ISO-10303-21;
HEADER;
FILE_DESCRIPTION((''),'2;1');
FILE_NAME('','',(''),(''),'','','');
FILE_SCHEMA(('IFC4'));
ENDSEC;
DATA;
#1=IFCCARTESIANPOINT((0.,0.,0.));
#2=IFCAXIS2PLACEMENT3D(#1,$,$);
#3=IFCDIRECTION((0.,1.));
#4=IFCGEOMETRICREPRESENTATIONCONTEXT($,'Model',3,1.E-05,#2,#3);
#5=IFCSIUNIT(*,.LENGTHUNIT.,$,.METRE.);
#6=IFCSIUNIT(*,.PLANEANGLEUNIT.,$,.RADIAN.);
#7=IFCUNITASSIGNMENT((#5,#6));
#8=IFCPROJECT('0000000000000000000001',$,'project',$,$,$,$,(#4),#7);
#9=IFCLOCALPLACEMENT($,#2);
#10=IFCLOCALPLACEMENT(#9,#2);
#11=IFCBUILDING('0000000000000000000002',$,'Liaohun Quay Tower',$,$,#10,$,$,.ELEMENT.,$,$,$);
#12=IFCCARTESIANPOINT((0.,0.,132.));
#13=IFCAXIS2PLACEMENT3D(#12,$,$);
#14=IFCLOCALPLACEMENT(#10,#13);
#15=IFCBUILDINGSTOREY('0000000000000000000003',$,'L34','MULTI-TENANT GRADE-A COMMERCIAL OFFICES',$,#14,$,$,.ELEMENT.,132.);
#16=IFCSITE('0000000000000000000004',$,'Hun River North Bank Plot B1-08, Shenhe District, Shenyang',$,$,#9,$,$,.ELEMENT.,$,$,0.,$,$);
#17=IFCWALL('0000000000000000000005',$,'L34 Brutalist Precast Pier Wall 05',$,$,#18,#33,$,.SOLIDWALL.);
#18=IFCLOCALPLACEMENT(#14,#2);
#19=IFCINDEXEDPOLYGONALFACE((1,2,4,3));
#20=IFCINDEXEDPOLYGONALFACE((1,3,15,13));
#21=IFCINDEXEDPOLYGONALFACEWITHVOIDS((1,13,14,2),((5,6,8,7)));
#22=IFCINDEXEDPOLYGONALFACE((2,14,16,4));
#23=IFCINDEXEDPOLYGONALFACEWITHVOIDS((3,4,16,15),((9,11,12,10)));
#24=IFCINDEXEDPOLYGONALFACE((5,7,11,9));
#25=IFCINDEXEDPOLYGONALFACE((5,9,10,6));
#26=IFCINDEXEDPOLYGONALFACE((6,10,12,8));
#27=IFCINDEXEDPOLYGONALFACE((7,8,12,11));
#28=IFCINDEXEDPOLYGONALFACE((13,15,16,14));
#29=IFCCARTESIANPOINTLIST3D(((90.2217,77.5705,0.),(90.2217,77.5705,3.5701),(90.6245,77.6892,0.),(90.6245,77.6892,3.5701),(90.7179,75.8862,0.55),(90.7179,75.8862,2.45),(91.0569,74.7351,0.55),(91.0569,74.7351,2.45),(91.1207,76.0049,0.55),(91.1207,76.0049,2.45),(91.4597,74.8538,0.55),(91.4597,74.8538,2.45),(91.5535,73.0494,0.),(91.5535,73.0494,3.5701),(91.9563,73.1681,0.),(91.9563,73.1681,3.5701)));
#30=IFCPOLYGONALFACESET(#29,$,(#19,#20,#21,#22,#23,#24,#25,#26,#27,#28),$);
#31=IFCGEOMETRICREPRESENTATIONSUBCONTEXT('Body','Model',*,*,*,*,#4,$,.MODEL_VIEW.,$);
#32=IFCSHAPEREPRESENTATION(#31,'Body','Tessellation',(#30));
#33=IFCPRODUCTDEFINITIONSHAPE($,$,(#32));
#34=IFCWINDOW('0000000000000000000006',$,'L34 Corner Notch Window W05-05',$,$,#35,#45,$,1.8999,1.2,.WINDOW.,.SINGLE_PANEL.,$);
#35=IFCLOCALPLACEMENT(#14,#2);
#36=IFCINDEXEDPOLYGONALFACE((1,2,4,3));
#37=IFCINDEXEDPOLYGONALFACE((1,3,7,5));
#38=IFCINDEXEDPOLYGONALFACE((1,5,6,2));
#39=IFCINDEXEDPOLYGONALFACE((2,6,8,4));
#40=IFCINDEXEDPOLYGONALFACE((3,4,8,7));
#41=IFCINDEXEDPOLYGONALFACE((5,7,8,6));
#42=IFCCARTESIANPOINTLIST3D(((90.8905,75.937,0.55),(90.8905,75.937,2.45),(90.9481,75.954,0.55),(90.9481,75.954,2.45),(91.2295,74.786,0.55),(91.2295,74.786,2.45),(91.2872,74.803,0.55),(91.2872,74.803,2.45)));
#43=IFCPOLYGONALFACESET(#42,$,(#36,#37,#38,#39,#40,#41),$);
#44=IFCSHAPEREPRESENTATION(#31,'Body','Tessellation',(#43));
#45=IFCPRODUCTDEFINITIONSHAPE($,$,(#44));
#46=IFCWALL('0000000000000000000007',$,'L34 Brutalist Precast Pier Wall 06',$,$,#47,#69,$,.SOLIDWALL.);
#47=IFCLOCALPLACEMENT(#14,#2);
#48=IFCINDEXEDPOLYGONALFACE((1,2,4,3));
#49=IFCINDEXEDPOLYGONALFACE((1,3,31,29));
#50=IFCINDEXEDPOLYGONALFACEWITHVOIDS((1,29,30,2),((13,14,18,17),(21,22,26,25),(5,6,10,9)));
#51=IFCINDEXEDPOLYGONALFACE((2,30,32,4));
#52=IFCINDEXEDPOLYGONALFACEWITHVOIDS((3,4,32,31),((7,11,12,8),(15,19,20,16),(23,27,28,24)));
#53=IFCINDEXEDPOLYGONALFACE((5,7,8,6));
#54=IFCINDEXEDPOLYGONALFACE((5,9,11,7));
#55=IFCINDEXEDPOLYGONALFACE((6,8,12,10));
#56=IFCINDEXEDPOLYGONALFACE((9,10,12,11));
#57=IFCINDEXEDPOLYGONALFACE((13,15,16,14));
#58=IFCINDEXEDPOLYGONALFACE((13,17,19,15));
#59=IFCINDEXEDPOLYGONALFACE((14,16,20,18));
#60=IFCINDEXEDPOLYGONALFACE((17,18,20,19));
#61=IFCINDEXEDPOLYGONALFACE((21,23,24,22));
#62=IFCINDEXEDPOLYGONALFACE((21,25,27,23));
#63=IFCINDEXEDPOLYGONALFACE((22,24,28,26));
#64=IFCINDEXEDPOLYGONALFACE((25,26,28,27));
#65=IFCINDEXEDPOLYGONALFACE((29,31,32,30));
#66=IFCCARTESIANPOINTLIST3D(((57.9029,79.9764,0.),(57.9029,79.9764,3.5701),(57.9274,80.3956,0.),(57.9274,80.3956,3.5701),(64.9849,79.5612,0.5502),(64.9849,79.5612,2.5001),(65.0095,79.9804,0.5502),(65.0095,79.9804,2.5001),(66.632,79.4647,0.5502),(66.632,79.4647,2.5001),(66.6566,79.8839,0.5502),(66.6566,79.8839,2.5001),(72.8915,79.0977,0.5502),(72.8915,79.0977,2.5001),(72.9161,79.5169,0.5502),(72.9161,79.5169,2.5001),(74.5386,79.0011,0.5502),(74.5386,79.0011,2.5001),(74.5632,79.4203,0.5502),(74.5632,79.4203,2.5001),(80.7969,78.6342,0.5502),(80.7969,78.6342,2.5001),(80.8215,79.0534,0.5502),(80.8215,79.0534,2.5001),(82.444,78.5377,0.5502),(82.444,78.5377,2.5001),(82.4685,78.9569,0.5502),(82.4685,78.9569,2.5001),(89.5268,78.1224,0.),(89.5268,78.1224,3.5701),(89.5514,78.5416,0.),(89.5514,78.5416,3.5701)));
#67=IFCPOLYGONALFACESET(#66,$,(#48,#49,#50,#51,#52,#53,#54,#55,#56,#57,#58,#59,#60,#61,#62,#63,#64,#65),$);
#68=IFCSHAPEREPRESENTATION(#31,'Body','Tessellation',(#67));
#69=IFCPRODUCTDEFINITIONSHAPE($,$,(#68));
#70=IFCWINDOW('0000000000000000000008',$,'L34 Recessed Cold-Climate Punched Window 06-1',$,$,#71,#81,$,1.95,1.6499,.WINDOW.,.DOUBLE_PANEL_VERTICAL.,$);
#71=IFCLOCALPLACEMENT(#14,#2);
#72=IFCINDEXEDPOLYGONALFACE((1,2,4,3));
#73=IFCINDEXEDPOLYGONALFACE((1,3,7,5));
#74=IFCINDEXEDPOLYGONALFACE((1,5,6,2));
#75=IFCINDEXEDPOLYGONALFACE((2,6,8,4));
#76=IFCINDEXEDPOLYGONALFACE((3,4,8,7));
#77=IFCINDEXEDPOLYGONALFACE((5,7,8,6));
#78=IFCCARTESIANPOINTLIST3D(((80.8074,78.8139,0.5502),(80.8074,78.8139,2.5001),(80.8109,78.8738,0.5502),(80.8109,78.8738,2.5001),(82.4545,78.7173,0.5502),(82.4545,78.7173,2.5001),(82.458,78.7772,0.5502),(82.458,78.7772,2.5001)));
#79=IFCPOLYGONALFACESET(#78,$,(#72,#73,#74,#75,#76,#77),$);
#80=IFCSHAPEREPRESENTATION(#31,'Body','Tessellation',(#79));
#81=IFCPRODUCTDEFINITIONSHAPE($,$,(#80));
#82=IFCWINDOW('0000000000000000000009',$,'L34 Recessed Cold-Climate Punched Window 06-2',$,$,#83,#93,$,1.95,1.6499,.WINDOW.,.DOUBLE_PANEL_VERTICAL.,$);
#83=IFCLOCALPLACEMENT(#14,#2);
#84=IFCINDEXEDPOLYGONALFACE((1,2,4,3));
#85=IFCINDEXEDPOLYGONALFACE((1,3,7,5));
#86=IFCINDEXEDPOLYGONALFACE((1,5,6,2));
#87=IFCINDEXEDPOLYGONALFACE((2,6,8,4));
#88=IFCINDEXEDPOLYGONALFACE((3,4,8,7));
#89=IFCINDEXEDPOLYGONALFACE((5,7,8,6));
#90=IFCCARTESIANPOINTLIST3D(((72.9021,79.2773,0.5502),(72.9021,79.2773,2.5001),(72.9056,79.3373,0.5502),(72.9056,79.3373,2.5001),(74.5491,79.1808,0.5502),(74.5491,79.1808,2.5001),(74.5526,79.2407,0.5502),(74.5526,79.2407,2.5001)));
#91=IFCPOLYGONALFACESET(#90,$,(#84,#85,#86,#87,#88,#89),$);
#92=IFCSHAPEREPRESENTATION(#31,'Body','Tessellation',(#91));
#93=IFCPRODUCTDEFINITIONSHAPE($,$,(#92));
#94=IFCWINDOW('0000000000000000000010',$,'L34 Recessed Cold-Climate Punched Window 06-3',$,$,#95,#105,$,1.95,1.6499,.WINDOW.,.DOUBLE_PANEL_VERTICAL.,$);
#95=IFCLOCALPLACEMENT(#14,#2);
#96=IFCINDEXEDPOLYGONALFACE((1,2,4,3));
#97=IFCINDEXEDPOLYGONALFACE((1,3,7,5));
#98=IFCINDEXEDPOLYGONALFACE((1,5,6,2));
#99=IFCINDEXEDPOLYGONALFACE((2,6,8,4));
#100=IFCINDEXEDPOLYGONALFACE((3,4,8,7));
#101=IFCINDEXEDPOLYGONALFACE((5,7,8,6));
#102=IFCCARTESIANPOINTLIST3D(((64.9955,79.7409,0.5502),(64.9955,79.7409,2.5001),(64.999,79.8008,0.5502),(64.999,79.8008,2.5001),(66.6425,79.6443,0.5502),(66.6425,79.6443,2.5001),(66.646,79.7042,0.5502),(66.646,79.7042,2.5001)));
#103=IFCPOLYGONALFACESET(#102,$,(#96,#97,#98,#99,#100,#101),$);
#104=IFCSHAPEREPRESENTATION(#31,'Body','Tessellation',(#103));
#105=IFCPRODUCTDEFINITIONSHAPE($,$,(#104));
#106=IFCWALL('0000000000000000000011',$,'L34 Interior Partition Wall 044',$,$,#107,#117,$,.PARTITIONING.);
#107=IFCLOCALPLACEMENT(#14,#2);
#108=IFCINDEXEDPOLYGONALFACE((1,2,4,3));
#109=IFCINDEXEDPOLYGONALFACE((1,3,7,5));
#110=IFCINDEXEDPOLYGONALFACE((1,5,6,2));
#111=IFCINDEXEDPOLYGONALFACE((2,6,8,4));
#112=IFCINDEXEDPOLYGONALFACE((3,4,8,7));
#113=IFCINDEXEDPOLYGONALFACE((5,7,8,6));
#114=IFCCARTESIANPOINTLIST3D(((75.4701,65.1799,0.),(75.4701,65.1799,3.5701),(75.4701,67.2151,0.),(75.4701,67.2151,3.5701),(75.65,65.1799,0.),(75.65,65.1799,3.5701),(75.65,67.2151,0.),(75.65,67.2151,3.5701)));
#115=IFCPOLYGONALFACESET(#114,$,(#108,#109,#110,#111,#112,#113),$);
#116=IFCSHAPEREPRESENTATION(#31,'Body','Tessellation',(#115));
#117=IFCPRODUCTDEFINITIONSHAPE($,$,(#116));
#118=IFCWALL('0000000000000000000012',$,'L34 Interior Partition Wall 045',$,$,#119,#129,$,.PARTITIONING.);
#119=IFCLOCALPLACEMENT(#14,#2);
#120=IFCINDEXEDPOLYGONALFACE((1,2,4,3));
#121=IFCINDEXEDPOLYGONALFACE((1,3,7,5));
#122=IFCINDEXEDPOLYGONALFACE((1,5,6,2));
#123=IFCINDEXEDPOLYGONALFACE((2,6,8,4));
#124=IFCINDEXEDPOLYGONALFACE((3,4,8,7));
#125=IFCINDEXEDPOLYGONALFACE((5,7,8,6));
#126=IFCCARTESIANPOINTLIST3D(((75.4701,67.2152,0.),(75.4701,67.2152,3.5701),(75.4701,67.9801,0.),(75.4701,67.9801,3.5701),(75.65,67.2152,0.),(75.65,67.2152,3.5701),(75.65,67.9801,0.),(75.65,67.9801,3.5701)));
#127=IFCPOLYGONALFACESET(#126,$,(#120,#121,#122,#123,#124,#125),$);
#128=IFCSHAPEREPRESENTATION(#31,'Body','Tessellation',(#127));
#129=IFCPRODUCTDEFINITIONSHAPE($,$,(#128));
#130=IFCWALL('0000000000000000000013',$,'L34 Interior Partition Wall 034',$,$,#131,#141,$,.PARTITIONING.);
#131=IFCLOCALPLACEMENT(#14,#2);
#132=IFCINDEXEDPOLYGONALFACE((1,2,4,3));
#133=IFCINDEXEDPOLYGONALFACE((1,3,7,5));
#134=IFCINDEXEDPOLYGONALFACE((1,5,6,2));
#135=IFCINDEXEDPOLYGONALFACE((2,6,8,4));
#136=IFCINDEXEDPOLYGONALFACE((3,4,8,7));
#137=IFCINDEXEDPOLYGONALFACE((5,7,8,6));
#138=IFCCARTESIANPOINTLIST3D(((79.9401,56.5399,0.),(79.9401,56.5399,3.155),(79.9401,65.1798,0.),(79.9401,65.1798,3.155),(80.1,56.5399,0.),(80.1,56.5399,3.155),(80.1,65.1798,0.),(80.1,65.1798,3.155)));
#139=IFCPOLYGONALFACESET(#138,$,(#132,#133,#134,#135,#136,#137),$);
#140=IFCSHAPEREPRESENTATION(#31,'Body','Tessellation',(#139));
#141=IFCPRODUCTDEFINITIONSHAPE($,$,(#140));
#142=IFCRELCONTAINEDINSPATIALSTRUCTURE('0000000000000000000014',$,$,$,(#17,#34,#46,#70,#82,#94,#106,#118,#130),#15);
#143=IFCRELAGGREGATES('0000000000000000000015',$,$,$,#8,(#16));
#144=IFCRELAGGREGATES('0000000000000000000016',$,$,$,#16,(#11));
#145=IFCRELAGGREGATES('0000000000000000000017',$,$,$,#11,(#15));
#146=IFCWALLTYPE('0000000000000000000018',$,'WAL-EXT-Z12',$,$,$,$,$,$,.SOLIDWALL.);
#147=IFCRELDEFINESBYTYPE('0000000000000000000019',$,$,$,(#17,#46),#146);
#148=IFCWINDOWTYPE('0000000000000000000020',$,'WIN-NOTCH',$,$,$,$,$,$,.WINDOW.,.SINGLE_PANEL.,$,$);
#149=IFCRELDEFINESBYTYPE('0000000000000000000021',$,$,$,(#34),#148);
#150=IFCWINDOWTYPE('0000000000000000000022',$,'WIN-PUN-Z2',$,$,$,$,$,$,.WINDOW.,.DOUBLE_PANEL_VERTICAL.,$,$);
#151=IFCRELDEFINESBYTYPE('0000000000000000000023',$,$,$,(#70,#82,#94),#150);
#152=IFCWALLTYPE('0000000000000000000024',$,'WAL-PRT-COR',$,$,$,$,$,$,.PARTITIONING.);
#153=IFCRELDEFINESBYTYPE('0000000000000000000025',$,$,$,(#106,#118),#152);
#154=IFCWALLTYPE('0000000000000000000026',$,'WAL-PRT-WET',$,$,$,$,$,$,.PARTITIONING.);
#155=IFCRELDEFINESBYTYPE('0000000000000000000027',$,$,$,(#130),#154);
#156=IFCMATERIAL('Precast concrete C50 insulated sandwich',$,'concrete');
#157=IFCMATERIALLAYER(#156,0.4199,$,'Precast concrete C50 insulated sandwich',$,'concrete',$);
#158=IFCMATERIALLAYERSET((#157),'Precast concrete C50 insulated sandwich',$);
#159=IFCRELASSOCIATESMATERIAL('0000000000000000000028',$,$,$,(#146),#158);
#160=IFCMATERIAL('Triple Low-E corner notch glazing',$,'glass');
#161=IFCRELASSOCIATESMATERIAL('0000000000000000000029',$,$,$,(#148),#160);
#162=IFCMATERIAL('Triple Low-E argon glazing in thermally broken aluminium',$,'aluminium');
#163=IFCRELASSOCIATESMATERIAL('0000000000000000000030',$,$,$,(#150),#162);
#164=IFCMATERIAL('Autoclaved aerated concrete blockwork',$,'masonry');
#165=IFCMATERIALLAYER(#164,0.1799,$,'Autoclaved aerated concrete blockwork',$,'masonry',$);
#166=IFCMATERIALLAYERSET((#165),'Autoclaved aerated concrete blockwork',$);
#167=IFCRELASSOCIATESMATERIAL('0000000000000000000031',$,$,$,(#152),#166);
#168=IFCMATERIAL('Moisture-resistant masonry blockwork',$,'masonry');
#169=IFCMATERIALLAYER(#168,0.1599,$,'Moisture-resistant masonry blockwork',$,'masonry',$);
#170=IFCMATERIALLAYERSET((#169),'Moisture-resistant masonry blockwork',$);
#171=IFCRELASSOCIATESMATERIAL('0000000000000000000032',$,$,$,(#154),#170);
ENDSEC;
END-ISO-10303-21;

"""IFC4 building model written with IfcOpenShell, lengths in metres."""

from ifc_helpers import new_model, si_unit, direction, frame, frame_2d, origin, place, context, subcontext, project, spatial, rectangle, extrude, source, transform, mapped, material, layer, layer_set, type_object, element, fill, save


model = new_model("IFC4")

# Units and contexts
model_context = context("Model", 3, precision=1e-05, world=origin(), true_north=direction((0.0, 1.0)))
body_context = subcontext(model_context, "Body", "Model", "MODEL_VIEW")
ifc_project = project(units=[si_unit("LENGTHUNIT", "METRE"), si_unit("PLANEANGLEUNIT", "RADIAN")], contexts=[model_context])

# Site, building, storey
site_placement = place(None, origin())
site = spatial("IfcSite", under=ifc_project, at=site_placement, Name="Hun River North Bank Plot B1-08, Shenhe District, Shenyang", CompositionType="ELEMENT", RefElevation=0.0)
building_placement = place(site_placement, origin())
building = spatial("IfcBuilding", under=site, at=building_placement, Name="Liaohun Quay Tower", CompositionType="ELEMENT")
storey_placement = place(building_placement, frame((0.0, 0.0, 132.0)))
storey = spatial("IfcBuildingStorey", under=building, at=storey_placement, Name="L34", Description="MULTI-TENANT GRADE-A COMMERCIAL OFFICES", CompositionType="ELEMENT", Elevation=132.0)

# Wall, opening, window
ifc_material_1 = material(Name="Precast concrete C50 insulated sandwich", Category="concrete")
ifc_layer_1 = layer(ifc_material_1, 0.4199, Name="Precast concrete C50 insulated sandwich", Category="concrete")
ifc_layer_set_1 = layer_set([ifc_layer_1], Name="Precast concrete C50 insulated sandwich")
wall_type_1 = type_object("IfcWallType", Name="WAL-EXT-Z12", PredefinedType="SOLIDWALL", material=ifc_layer_set_1)
shared_shape_1 = source(origin(), body_context, "Body", "SweptSolid", [
    extrude(rectangle(XDim=1.2, YDim=1.8999, at=frame_2d((0.6001, 0.95))), frame((0.0, 0.22, 0.0), z_axis=(0.0, -1.0, 0.0), x_axis=(1.0, 0.0, 0.0)), (0.0, 0.0, 1.0), 0.4399),
])
ifc_material_2 = material(Name="Triple Low-E corner notch glazing", Category="glass")
window_type_1 = type_object("IfcWindowType", Name="WIN-NOTCH", PartitioningType="SINGLE_PANEL", PredefinedType="WINDOW", material=ifc_material_2)
shared_shape_2 = source(origin(), body_context, "Body", "SweptSolid", [
    extrude(rectangle(XDim=1.2, YDim=1.8999, at=frame_2d((0.6001, 0.95))), frame((0.0, 0.03, 0.0), z_axis=(0.0, -1.0, 0.0), x_axis=(1.0, 0.0, 0.0)), (0.0, 0.0, 1.0), 0.0601),
])
wall_1_placement = place(storey_placement, frame((91.7549, 73.1089, 0.0), z_axis=(0.0, 0.0, 1.0), x_axis=(-0.282573, 0.959246, 0.0)))
wall_1 = element("IfcWall", 1, at=wall_1_placement, inside=storey, type_object=wall_type_1, Name="L34 Brutalist Precast Pier Wall 05", PredefinedType="SOLIDWALL", context=body_context, shape_type="SweptSolid", body=[
    extrude(rectangle(XDim=4.7131, YDim=0.4199, at=frame_2d((2.3564, 0.0))), origin(), (0.0, 0.0, 1.0), 3.5701),
])
opening_1_placement = place(wall_1_placement, frame((1.7571, 0.0, 0.55)))
opening_1 = element("IfcOpeningElement", 2, at=opening_1_placement, cuts=wall_1, PredefinedType="OPENING", context=body_context, shape_type="MappedRepresentation", body=[
    mapped(shared_shape_1, transform((0.0, 0.0, 0.0), x_axis=(1.0, 0.0, 0.0), y_axis=(0.0, 1.0, 0.0), z_axis=(0.0, 0.0, 1.0), scale=1.0)),
])
window_1_placement = place(opening_1_placement, origin())
window_1 = element("IfcWindow", 3, at=window_1_placement, inside=storey, type_object=window_type_1, Name="L34 Corner Notch Window W05-05", OverallHeight=1.8999, OverallWidth=1.2, PartitioningType="SINGLE_PANEL", PredefinedType="WINDOW", context=body_context, shape_type="MappedRepresentation", body=[
    mapped(shared_shape_2, transform((0.0, 0.0, 0.0), x_axis=(1.0, 0.0, 0.0), y_axis=(0.0, 1.0, 0.0), z_axis=(0.0, 0.0, 1.0), scale=1.0)),
])
fill(opening_1, window_1)

# Wall, openings, windows
wall_2_placement = place(storey_placement, frame((89.5391, 78.332, 0.0), z_axis=(0.0, 0.0, 1.0), x_axis=(-0.998286, 0.058526, 0.0)))
wall_2 = element("IfcWall", 4, at=wall_2_placement, inside=storey, type_object=wall_type_1, Name="L34 Brutalist Precast Pier Wall 06", PredefinedType="SOLIDWALL", context=body_context, shape_type="SweptSolid", body=[
    extrude(rectangle(XDim=31.6782, YDim=0.4199, at=frame_2d((15.8391, 0.0))), origin(), (0.0, 0.0, 1.0), 3.5701),
])
shared_shape_3 = source(origin(), body_context, "Body", "SweptSolid", [
    extrude(rectangle(XDim=1.6499, YDim=1.95, at=frame_2d((0.825, 0.9751))), frame((0.0, 0.22, 0.0), z_axis=(0.0, -1.0, 0.0), x_axis=(1.0, 0.0, 0.0)), (0.0, 0.0, 1.0), 0.4399),
])
opening_2_placement = place(wall_2_placement, frame((7.095, 0.0, 0.55)))
opening_2 = element("IfcOpeningElement", 5, at=opening_2_placement, cuts=wall_2, PredefinedType="OPENING", context=body_context, shape_type="MappedRepresentation", body=[
    mapped(shared_shape_3, transform((0.0, 0.0, 0.0), x_axis=(1.0, 0.0, 0.0), y_axis=(0.0, 1.0, 0.0), z_axis=(0.0, 0.0, 1.0), scale=1.0)),
])
opening_3_placement = place(wall_2_placement, frame((15.0139, 0.0, 0.55)))
opening_3 = element("IfcOpeningElement", 6, at=opening_3_placement, cuts=wall_2, PredefinedType="OPENING", context=body_context, shape_type="MappedRepresentation", body=[
    mapped(shared_shape_3, transform((0.0, 0.0, 0.0), x_axis=(1.0, 0.0, 0.0), y_axis=(0.0, 1.0, 0.0), z_axis=(0.0, 0.0, 1.0), scale=1.0)),
])
opening_4_placement = place(wall_2_placement, frame((22.9341, 0.0, 0.55)))
opening_4 = element("IfcOpeningElement", 7, at=opening_4_placement, cuts=wall_2, PredefinedType="OPENING", context=body_context, shape_type="MappedRepresentation", body=[
    mapped(shared_shape_3, transform((0.0, 0.0, 0.0), x_axis=(1.0, 0.0, 0.0), y_axis=(0.0, 1.0, 0.0), z_axis=(0.0, 0.0, 1.0), scale=1.0)),
])
ifc_material_3 = material(Name="Triple Low-E argon glazing in thermally broken aluminium", Category="aluminium")
window_type_2 = type_object("IfcWindowType", Name="WIN-PUN-Z2", PartitioningType="DOUBLE_PANEL_VERTICAL", PredefinedType="WINDOW", material=ifc_material_3)
shared_shape_4 = source(origin(), body_context, "Body", "SweptSolid", [
    extrude(rectangle(XDim=1.6499, YDim=1.95, at=frame_2d((0.825, 0.9751))), frame((0.0, 0.03, 0.0), z_axis=(0.0, -1.0, 0.0), x_axis=(1.0, 0.0, 0.0)), (0.0, 0.0, 1.0), 0.0601),
])
window_2_placement = place(opening_2_placement, origin())
window_2 = element("IfcWindow", 8, at=window_2_placement, inside=storey, type_object=window_type_2, Name="L34 Recessed Cold-Climate Punched Window 06-1", OverallHeight=1.95, OverallWidth=1.6499, PartitioningType="DOUBLE_PANEL_VERTICAL", PredefinedType="WINDOW", context=body_context, shape_type="MappedRepresentation", body=[
    mapped(shared_shape_4, transform((0.0, 0.0, 0.0), x_axis=(1.0, 0.0, 0.0), y_axis=(0.0, 1.0, 0.0), z_axis=(0.0, 0.0, 1.0), scale=1.0)),
])
fill(opening_2, window_2)
window_3_placement = place(opening_3_placement, origin())
window_3 = element("IfcWindow", 9, at=window_3_placement, inside=storey, type_object=window_type_2, Name="L34 Recessed Cold-Climate Punched Window 06-2", OverallHeight=1.95, OverallWidth=1.6499, PartitioningType="DOUBLE_PANEL_VERTICAL", PredefinedType="WINDOW", context=body_context, shape_type="MappedRepresentation", body=[
    mapped(shared_shape_4, transform((0.0, 0.0, 0.0), x_axis=(1.0, 0.0, 0.0), y_axis=(0.0, 1.0, 0.0), z_axis=(0.0, 0.0, 1.0), scale=1.0)),
])
fill(opening_3, window_3)
window_4_placement = place(opening_4_placement, origin())
window_4 = element("IfcWindow", 10, at=window_4_placement, inside=storey, type_object=window_type_2, Name="L34 Recessed Cold-Climate Punched Window 06-3", OverallHeight=1.95, OverallWidth=1.6499, PartitioningType="DOUBLE_PANEL_VERTICAL", PredefinedType="WINDOW", context=body_context, shape_type="MappedRepresentation", body=[
    mapped(shared_shape_4, transform((0.0, 0.0, 0.0), x_axis=(1.0, 0.0, 0.0), y_axis=(0.0, 1.0, 0.0), z_axis=(0.0, 0.0, 1.0), scale=1.0)),
])
fill(opening_4, window_4)

# Walls
ifc_material_4 = material(Name="Autoclaved aerated concrete blockwork", Category="masonry")
ifc_layer_2 = layer(ifc_material_4, 0.1799, Name="Autoclaved aerated concrete blockwork", Category="masonry")
ifc_layer_set_2 = layer_set([ifc_layer_2], Name="Autoclaved aerated concrete blockwork")
wall_type_2 = type_object("IfcWallType", Name="WAL-PRT-COR", PredefinedType="PARTITIONING", material=ifc_layer_set_2)
wall_3_placement = place(storey_placement, frame((75.5601, 67.2151, 0.0), z_axis=(0.0, 0.0, 1.0), x_axis=(0.0, -1.0, 0.0)))
element("IfcWall", 11, at=wall_3_placement, inside=storey, type_object=wall_type_2, Name="L34 Interior Partition Wall 044", PredefinedType="PARTITIONING", context=body_context, shape_type="SweptSolid", body=[
    extrude(rectangle(XDim=2.0352, YDim=0.1799, at=frame_2d((1.0176, 0.0))), origin(), (0.0, 0.0, 1.0), 3.5701),
])
wall_4_placement = place(storey_placement, frame((75.5601, 67.98, 0.0), z_axis=(0.0, 0.0, 1.0), x_axis=(0.0, -1.0, 0.0)))
element("IfcWall", 12, at=wall_4_placement, inside=storey, type_object=wall_type_2, Name="L34 Interior Partition Wall 045", PredefinedType="PARTITIONING", context=body_context, shape_type="SweptSolid", body=[
    extrude(rectangle(XDim=0.7649, YDim=0.1799, at=frame_2d((0.3823, 0.0))), origin(), (0.0, 0.0, 1.0), 3.5701),
])
ifc_material_5 = material(Name="Moisture-resistant masonry blockwork", Category="masonry")
ifc_layer_3 = layer(ifc_material_5, 0.1599, Name="Moisture-resistant masonry blockwork", Category="masonry")
ifc_layer_set_3 = layer_set([ifc_layer_3], Name="Moisture-resistant masonry blockwork")
wall_type_3 = type_object("IfcWallType", Name="WAL-PRT-WET", PredefinedType="PARTITIONING", material=ifc_layer_set_3)
wall_5_placement = place(storey_placement, frame((80.02, 56.54, 0.0), z_axis=(0.0, 0.0, 1.0), x_axis=(0.0, 1.0, 0.0)))
element("IfcWall", 13, at=wall_5_placement, inside=storey, type_object=wall_type_3, Name="L34 Interior Partition Wall 034", PredefinedType="PARTITIONING", context=body_context, shape_type="SweptSolid", body=[
    extrude(rectangle(XDim=8.6399, YDim=0.1599, at=frame_2d((4.3198, 0.0))), origin(), (0.0, 0.0, 1.0), 3.155),
])

save(model, "model.ifc")
